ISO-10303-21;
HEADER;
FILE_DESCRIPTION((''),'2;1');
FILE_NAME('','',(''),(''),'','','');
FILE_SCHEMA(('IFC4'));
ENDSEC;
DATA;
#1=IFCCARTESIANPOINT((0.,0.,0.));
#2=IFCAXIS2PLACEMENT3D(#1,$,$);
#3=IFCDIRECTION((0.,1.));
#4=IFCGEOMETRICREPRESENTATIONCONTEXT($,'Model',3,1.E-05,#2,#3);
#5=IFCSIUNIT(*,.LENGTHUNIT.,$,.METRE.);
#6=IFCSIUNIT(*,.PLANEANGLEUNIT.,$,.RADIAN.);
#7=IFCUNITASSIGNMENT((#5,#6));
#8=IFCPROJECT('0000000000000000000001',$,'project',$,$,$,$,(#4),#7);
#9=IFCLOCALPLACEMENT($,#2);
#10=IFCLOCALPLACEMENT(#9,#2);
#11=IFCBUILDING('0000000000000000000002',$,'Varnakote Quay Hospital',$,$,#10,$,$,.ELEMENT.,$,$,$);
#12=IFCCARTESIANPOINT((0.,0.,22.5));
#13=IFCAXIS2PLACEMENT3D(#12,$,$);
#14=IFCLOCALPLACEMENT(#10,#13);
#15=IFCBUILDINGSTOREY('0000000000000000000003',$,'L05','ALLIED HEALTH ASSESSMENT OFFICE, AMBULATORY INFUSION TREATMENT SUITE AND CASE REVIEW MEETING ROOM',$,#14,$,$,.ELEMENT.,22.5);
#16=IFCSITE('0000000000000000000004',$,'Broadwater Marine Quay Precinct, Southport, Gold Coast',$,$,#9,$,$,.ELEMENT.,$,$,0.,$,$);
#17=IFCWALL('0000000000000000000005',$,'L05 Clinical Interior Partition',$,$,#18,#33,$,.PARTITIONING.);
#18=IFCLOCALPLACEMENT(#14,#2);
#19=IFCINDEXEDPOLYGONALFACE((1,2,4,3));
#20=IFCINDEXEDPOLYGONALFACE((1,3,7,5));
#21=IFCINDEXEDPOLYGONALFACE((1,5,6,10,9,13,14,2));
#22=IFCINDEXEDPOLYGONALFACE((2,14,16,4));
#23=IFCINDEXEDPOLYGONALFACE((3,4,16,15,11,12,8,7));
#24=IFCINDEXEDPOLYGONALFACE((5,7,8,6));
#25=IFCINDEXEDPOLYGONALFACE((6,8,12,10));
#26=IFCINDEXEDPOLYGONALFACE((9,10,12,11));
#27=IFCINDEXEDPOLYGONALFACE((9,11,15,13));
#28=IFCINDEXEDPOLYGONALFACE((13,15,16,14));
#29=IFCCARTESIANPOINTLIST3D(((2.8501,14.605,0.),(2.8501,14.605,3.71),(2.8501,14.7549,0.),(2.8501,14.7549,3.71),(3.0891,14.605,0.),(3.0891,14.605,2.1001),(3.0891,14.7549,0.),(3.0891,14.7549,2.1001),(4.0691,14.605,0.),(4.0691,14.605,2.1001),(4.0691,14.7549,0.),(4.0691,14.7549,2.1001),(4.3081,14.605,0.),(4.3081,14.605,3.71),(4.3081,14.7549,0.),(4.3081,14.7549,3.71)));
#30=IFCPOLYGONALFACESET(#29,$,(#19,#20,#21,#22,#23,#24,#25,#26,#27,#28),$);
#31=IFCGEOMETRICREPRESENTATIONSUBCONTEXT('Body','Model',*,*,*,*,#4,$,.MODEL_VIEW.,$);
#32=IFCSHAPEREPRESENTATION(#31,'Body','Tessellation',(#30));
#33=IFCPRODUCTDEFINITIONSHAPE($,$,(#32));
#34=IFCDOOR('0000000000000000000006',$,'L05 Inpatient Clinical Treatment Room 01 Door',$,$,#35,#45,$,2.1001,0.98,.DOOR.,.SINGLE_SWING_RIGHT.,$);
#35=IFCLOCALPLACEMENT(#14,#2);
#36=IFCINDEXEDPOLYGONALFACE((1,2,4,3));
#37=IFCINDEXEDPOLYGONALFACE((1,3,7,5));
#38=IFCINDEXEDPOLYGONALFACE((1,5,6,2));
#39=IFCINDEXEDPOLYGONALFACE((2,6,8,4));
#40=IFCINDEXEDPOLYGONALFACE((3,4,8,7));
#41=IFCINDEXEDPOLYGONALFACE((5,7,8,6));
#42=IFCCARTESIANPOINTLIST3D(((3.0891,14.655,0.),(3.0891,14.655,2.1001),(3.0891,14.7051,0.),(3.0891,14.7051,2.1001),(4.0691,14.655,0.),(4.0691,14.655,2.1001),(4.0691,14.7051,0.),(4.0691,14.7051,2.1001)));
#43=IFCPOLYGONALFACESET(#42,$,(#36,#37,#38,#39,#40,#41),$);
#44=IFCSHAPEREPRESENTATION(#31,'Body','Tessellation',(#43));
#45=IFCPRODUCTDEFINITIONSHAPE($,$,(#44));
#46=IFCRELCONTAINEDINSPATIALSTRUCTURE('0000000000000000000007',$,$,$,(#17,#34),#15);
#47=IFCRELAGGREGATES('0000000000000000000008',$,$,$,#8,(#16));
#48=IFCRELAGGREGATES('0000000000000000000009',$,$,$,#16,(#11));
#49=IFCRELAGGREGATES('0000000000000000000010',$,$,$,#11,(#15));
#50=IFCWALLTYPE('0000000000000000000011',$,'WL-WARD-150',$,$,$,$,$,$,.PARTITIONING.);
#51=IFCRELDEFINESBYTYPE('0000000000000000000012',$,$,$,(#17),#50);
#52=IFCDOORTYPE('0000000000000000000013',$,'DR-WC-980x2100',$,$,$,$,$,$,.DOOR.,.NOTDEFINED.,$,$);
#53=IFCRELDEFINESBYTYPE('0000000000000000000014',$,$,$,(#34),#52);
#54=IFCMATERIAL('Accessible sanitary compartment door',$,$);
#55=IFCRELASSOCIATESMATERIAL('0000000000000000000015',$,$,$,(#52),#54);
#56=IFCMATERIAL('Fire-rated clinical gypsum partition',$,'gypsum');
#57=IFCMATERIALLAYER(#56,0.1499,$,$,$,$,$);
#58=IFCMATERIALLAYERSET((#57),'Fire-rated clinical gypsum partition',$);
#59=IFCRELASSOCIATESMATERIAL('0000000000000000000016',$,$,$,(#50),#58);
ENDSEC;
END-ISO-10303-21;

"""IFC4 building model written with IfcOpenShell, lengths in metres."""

from ifc_helpers import new_model, si_unit, direction, frame, frame_2d, origin, place, context, subcontext, project, spatial, rectangle, extrude, material, layer, layer_set, type_object, element, fill, save


model = new_model("IFC4")

# Units and contexts
model_context = context("Model", 3, precision=1e-05, world=origin(), true_north=direction((0.0, 1.0)))
body_context = subcontext(model_context, "Body", "Model", "MODEL_VIEW")
ifc_project = project(units=[si_unit("LENGTHUNIT", "METRE"), si_unit("PLANEANGLEUNIT", "RADIAN")], contexts=[model_context])

# Site, building, storey
site_placement = place(None, origin())
site = spatial("IfcSite", under=ifc_project, at=site_placement, Name="Broadwater Marine Quay Precinct, Southport, Gold Coast", CompositionType="ELEMENT", RefElevation=0.0)
building_placement = place(site_placement, origin())
building = spatial("IfcBuilding", under=site, at=building_placement, Name="Varnakote Quay Hospital", CompositionType="ELEMENT")
storey_placement = place(building_placement, frame((0.0, 0.0, 22.5)))
storey = spatial("IfcBuildingStorey", under=building, at=storey_placement, Name="L05", Description="ALLIED HEALTH ASSESSMENT OFFICE, AMBULATORY INFUSION TREATMENT SUITE AND CASE REVIEW MEETING ROOM", CompositionType="ELEMENT", Elevation=22.5)

# Shared definitions
ifc_material_1 = material(Name="Accessible sanitary compartment door")
door_type_1 = type_object("IfcDoorType", Name="DR-WC-980x2100", OperationType="NOTDEFINED", PredefinedType="DOOR", material=ifc_material_1)

# Wall, opening, door
ifc_material_2 = material(Name="Fire-rated clinical gypsum partition", Category="gypsum")
ifc_layer_1 = layer(ifc_material_2, 0.1499)
ifc_layer_set_1 = layer_set([ifc_layer_1], Name="Fire-rated clinical gypsum partition")
wall_type_1 = type_object("IfcWallType", Name="WL-WARD-150", PredefinedType="PARTITIONING", material=ifc_layer_set_1)
wall_1_placement = place(storey_placement, frame((4.3081, 14.6799, 0.0), z_axis=(0.0, 0.0, 1.0), x_axis=(-1.0, 0.0, 0.0)))
wall_1 = element("IfcWall", 1, at=wall_1_placement, inside=storey, type_object=wall_type_1, Name="L05 Clinical Interior Partition", PredefinedType="PARTITIONING", context=body_context, shape_type="SweptSolid", body=[
    extrude(rectangle(XDim=1.458, YDim=0.1499, at=frame_2d((0.729, 0.0))), origin(), (0.0, 0.0, 1.0), 3.71),
])
opening_1_placement = place(wall_1_placement, frame((0.239, 0.0, 0.0)))
opening_1 = element("IfcOpeningElement", 2, at=opening_1_placement, cuts=wall_1, PredefinedType="OPENING", context=body_context, shape_type="SweptSolid", body=[
    extrude(rectangle(XDim=0.98, YDim=2.1001, at=frame_2d((0.49, 1.05))), frame((0.0, 0.085, 0.0), z_axis=(0.0, -1.0, 0.0), x_axis=(1.0, 0.0, 0.0)), (0.0, 0.0, 1.0), 0.1699),
])
door_1_placement = place(opening_1_placement, origin())
door_1 = element("IfcDoor", 3, at=door_1_placement, inside=storey, type_object=door_type_1, Name="L05 Inpatient Clinical Treatment Room 01 Door", OperationType="SINGLE_SWING_RIGHT", OverallHeight=2.1001, OverallWidth=0.98, PredefinedType="DOOR", context=body_context, shape_type="SweptSolid", body=[
    extrude(rectangle(XDim=0.98, YDim=2.1001, at=frame_2d((0.49, 1.05))), frame((0.0, 0.0249, 0.0), z_axis=(0.0, -1.0, 0.0), x_axis=(1.0, 0.0, 0.0)), (0.0, 0.0, 1.0), 0.05),
])
fill(opening_1, door_1)

save(model, "model.ifc")
